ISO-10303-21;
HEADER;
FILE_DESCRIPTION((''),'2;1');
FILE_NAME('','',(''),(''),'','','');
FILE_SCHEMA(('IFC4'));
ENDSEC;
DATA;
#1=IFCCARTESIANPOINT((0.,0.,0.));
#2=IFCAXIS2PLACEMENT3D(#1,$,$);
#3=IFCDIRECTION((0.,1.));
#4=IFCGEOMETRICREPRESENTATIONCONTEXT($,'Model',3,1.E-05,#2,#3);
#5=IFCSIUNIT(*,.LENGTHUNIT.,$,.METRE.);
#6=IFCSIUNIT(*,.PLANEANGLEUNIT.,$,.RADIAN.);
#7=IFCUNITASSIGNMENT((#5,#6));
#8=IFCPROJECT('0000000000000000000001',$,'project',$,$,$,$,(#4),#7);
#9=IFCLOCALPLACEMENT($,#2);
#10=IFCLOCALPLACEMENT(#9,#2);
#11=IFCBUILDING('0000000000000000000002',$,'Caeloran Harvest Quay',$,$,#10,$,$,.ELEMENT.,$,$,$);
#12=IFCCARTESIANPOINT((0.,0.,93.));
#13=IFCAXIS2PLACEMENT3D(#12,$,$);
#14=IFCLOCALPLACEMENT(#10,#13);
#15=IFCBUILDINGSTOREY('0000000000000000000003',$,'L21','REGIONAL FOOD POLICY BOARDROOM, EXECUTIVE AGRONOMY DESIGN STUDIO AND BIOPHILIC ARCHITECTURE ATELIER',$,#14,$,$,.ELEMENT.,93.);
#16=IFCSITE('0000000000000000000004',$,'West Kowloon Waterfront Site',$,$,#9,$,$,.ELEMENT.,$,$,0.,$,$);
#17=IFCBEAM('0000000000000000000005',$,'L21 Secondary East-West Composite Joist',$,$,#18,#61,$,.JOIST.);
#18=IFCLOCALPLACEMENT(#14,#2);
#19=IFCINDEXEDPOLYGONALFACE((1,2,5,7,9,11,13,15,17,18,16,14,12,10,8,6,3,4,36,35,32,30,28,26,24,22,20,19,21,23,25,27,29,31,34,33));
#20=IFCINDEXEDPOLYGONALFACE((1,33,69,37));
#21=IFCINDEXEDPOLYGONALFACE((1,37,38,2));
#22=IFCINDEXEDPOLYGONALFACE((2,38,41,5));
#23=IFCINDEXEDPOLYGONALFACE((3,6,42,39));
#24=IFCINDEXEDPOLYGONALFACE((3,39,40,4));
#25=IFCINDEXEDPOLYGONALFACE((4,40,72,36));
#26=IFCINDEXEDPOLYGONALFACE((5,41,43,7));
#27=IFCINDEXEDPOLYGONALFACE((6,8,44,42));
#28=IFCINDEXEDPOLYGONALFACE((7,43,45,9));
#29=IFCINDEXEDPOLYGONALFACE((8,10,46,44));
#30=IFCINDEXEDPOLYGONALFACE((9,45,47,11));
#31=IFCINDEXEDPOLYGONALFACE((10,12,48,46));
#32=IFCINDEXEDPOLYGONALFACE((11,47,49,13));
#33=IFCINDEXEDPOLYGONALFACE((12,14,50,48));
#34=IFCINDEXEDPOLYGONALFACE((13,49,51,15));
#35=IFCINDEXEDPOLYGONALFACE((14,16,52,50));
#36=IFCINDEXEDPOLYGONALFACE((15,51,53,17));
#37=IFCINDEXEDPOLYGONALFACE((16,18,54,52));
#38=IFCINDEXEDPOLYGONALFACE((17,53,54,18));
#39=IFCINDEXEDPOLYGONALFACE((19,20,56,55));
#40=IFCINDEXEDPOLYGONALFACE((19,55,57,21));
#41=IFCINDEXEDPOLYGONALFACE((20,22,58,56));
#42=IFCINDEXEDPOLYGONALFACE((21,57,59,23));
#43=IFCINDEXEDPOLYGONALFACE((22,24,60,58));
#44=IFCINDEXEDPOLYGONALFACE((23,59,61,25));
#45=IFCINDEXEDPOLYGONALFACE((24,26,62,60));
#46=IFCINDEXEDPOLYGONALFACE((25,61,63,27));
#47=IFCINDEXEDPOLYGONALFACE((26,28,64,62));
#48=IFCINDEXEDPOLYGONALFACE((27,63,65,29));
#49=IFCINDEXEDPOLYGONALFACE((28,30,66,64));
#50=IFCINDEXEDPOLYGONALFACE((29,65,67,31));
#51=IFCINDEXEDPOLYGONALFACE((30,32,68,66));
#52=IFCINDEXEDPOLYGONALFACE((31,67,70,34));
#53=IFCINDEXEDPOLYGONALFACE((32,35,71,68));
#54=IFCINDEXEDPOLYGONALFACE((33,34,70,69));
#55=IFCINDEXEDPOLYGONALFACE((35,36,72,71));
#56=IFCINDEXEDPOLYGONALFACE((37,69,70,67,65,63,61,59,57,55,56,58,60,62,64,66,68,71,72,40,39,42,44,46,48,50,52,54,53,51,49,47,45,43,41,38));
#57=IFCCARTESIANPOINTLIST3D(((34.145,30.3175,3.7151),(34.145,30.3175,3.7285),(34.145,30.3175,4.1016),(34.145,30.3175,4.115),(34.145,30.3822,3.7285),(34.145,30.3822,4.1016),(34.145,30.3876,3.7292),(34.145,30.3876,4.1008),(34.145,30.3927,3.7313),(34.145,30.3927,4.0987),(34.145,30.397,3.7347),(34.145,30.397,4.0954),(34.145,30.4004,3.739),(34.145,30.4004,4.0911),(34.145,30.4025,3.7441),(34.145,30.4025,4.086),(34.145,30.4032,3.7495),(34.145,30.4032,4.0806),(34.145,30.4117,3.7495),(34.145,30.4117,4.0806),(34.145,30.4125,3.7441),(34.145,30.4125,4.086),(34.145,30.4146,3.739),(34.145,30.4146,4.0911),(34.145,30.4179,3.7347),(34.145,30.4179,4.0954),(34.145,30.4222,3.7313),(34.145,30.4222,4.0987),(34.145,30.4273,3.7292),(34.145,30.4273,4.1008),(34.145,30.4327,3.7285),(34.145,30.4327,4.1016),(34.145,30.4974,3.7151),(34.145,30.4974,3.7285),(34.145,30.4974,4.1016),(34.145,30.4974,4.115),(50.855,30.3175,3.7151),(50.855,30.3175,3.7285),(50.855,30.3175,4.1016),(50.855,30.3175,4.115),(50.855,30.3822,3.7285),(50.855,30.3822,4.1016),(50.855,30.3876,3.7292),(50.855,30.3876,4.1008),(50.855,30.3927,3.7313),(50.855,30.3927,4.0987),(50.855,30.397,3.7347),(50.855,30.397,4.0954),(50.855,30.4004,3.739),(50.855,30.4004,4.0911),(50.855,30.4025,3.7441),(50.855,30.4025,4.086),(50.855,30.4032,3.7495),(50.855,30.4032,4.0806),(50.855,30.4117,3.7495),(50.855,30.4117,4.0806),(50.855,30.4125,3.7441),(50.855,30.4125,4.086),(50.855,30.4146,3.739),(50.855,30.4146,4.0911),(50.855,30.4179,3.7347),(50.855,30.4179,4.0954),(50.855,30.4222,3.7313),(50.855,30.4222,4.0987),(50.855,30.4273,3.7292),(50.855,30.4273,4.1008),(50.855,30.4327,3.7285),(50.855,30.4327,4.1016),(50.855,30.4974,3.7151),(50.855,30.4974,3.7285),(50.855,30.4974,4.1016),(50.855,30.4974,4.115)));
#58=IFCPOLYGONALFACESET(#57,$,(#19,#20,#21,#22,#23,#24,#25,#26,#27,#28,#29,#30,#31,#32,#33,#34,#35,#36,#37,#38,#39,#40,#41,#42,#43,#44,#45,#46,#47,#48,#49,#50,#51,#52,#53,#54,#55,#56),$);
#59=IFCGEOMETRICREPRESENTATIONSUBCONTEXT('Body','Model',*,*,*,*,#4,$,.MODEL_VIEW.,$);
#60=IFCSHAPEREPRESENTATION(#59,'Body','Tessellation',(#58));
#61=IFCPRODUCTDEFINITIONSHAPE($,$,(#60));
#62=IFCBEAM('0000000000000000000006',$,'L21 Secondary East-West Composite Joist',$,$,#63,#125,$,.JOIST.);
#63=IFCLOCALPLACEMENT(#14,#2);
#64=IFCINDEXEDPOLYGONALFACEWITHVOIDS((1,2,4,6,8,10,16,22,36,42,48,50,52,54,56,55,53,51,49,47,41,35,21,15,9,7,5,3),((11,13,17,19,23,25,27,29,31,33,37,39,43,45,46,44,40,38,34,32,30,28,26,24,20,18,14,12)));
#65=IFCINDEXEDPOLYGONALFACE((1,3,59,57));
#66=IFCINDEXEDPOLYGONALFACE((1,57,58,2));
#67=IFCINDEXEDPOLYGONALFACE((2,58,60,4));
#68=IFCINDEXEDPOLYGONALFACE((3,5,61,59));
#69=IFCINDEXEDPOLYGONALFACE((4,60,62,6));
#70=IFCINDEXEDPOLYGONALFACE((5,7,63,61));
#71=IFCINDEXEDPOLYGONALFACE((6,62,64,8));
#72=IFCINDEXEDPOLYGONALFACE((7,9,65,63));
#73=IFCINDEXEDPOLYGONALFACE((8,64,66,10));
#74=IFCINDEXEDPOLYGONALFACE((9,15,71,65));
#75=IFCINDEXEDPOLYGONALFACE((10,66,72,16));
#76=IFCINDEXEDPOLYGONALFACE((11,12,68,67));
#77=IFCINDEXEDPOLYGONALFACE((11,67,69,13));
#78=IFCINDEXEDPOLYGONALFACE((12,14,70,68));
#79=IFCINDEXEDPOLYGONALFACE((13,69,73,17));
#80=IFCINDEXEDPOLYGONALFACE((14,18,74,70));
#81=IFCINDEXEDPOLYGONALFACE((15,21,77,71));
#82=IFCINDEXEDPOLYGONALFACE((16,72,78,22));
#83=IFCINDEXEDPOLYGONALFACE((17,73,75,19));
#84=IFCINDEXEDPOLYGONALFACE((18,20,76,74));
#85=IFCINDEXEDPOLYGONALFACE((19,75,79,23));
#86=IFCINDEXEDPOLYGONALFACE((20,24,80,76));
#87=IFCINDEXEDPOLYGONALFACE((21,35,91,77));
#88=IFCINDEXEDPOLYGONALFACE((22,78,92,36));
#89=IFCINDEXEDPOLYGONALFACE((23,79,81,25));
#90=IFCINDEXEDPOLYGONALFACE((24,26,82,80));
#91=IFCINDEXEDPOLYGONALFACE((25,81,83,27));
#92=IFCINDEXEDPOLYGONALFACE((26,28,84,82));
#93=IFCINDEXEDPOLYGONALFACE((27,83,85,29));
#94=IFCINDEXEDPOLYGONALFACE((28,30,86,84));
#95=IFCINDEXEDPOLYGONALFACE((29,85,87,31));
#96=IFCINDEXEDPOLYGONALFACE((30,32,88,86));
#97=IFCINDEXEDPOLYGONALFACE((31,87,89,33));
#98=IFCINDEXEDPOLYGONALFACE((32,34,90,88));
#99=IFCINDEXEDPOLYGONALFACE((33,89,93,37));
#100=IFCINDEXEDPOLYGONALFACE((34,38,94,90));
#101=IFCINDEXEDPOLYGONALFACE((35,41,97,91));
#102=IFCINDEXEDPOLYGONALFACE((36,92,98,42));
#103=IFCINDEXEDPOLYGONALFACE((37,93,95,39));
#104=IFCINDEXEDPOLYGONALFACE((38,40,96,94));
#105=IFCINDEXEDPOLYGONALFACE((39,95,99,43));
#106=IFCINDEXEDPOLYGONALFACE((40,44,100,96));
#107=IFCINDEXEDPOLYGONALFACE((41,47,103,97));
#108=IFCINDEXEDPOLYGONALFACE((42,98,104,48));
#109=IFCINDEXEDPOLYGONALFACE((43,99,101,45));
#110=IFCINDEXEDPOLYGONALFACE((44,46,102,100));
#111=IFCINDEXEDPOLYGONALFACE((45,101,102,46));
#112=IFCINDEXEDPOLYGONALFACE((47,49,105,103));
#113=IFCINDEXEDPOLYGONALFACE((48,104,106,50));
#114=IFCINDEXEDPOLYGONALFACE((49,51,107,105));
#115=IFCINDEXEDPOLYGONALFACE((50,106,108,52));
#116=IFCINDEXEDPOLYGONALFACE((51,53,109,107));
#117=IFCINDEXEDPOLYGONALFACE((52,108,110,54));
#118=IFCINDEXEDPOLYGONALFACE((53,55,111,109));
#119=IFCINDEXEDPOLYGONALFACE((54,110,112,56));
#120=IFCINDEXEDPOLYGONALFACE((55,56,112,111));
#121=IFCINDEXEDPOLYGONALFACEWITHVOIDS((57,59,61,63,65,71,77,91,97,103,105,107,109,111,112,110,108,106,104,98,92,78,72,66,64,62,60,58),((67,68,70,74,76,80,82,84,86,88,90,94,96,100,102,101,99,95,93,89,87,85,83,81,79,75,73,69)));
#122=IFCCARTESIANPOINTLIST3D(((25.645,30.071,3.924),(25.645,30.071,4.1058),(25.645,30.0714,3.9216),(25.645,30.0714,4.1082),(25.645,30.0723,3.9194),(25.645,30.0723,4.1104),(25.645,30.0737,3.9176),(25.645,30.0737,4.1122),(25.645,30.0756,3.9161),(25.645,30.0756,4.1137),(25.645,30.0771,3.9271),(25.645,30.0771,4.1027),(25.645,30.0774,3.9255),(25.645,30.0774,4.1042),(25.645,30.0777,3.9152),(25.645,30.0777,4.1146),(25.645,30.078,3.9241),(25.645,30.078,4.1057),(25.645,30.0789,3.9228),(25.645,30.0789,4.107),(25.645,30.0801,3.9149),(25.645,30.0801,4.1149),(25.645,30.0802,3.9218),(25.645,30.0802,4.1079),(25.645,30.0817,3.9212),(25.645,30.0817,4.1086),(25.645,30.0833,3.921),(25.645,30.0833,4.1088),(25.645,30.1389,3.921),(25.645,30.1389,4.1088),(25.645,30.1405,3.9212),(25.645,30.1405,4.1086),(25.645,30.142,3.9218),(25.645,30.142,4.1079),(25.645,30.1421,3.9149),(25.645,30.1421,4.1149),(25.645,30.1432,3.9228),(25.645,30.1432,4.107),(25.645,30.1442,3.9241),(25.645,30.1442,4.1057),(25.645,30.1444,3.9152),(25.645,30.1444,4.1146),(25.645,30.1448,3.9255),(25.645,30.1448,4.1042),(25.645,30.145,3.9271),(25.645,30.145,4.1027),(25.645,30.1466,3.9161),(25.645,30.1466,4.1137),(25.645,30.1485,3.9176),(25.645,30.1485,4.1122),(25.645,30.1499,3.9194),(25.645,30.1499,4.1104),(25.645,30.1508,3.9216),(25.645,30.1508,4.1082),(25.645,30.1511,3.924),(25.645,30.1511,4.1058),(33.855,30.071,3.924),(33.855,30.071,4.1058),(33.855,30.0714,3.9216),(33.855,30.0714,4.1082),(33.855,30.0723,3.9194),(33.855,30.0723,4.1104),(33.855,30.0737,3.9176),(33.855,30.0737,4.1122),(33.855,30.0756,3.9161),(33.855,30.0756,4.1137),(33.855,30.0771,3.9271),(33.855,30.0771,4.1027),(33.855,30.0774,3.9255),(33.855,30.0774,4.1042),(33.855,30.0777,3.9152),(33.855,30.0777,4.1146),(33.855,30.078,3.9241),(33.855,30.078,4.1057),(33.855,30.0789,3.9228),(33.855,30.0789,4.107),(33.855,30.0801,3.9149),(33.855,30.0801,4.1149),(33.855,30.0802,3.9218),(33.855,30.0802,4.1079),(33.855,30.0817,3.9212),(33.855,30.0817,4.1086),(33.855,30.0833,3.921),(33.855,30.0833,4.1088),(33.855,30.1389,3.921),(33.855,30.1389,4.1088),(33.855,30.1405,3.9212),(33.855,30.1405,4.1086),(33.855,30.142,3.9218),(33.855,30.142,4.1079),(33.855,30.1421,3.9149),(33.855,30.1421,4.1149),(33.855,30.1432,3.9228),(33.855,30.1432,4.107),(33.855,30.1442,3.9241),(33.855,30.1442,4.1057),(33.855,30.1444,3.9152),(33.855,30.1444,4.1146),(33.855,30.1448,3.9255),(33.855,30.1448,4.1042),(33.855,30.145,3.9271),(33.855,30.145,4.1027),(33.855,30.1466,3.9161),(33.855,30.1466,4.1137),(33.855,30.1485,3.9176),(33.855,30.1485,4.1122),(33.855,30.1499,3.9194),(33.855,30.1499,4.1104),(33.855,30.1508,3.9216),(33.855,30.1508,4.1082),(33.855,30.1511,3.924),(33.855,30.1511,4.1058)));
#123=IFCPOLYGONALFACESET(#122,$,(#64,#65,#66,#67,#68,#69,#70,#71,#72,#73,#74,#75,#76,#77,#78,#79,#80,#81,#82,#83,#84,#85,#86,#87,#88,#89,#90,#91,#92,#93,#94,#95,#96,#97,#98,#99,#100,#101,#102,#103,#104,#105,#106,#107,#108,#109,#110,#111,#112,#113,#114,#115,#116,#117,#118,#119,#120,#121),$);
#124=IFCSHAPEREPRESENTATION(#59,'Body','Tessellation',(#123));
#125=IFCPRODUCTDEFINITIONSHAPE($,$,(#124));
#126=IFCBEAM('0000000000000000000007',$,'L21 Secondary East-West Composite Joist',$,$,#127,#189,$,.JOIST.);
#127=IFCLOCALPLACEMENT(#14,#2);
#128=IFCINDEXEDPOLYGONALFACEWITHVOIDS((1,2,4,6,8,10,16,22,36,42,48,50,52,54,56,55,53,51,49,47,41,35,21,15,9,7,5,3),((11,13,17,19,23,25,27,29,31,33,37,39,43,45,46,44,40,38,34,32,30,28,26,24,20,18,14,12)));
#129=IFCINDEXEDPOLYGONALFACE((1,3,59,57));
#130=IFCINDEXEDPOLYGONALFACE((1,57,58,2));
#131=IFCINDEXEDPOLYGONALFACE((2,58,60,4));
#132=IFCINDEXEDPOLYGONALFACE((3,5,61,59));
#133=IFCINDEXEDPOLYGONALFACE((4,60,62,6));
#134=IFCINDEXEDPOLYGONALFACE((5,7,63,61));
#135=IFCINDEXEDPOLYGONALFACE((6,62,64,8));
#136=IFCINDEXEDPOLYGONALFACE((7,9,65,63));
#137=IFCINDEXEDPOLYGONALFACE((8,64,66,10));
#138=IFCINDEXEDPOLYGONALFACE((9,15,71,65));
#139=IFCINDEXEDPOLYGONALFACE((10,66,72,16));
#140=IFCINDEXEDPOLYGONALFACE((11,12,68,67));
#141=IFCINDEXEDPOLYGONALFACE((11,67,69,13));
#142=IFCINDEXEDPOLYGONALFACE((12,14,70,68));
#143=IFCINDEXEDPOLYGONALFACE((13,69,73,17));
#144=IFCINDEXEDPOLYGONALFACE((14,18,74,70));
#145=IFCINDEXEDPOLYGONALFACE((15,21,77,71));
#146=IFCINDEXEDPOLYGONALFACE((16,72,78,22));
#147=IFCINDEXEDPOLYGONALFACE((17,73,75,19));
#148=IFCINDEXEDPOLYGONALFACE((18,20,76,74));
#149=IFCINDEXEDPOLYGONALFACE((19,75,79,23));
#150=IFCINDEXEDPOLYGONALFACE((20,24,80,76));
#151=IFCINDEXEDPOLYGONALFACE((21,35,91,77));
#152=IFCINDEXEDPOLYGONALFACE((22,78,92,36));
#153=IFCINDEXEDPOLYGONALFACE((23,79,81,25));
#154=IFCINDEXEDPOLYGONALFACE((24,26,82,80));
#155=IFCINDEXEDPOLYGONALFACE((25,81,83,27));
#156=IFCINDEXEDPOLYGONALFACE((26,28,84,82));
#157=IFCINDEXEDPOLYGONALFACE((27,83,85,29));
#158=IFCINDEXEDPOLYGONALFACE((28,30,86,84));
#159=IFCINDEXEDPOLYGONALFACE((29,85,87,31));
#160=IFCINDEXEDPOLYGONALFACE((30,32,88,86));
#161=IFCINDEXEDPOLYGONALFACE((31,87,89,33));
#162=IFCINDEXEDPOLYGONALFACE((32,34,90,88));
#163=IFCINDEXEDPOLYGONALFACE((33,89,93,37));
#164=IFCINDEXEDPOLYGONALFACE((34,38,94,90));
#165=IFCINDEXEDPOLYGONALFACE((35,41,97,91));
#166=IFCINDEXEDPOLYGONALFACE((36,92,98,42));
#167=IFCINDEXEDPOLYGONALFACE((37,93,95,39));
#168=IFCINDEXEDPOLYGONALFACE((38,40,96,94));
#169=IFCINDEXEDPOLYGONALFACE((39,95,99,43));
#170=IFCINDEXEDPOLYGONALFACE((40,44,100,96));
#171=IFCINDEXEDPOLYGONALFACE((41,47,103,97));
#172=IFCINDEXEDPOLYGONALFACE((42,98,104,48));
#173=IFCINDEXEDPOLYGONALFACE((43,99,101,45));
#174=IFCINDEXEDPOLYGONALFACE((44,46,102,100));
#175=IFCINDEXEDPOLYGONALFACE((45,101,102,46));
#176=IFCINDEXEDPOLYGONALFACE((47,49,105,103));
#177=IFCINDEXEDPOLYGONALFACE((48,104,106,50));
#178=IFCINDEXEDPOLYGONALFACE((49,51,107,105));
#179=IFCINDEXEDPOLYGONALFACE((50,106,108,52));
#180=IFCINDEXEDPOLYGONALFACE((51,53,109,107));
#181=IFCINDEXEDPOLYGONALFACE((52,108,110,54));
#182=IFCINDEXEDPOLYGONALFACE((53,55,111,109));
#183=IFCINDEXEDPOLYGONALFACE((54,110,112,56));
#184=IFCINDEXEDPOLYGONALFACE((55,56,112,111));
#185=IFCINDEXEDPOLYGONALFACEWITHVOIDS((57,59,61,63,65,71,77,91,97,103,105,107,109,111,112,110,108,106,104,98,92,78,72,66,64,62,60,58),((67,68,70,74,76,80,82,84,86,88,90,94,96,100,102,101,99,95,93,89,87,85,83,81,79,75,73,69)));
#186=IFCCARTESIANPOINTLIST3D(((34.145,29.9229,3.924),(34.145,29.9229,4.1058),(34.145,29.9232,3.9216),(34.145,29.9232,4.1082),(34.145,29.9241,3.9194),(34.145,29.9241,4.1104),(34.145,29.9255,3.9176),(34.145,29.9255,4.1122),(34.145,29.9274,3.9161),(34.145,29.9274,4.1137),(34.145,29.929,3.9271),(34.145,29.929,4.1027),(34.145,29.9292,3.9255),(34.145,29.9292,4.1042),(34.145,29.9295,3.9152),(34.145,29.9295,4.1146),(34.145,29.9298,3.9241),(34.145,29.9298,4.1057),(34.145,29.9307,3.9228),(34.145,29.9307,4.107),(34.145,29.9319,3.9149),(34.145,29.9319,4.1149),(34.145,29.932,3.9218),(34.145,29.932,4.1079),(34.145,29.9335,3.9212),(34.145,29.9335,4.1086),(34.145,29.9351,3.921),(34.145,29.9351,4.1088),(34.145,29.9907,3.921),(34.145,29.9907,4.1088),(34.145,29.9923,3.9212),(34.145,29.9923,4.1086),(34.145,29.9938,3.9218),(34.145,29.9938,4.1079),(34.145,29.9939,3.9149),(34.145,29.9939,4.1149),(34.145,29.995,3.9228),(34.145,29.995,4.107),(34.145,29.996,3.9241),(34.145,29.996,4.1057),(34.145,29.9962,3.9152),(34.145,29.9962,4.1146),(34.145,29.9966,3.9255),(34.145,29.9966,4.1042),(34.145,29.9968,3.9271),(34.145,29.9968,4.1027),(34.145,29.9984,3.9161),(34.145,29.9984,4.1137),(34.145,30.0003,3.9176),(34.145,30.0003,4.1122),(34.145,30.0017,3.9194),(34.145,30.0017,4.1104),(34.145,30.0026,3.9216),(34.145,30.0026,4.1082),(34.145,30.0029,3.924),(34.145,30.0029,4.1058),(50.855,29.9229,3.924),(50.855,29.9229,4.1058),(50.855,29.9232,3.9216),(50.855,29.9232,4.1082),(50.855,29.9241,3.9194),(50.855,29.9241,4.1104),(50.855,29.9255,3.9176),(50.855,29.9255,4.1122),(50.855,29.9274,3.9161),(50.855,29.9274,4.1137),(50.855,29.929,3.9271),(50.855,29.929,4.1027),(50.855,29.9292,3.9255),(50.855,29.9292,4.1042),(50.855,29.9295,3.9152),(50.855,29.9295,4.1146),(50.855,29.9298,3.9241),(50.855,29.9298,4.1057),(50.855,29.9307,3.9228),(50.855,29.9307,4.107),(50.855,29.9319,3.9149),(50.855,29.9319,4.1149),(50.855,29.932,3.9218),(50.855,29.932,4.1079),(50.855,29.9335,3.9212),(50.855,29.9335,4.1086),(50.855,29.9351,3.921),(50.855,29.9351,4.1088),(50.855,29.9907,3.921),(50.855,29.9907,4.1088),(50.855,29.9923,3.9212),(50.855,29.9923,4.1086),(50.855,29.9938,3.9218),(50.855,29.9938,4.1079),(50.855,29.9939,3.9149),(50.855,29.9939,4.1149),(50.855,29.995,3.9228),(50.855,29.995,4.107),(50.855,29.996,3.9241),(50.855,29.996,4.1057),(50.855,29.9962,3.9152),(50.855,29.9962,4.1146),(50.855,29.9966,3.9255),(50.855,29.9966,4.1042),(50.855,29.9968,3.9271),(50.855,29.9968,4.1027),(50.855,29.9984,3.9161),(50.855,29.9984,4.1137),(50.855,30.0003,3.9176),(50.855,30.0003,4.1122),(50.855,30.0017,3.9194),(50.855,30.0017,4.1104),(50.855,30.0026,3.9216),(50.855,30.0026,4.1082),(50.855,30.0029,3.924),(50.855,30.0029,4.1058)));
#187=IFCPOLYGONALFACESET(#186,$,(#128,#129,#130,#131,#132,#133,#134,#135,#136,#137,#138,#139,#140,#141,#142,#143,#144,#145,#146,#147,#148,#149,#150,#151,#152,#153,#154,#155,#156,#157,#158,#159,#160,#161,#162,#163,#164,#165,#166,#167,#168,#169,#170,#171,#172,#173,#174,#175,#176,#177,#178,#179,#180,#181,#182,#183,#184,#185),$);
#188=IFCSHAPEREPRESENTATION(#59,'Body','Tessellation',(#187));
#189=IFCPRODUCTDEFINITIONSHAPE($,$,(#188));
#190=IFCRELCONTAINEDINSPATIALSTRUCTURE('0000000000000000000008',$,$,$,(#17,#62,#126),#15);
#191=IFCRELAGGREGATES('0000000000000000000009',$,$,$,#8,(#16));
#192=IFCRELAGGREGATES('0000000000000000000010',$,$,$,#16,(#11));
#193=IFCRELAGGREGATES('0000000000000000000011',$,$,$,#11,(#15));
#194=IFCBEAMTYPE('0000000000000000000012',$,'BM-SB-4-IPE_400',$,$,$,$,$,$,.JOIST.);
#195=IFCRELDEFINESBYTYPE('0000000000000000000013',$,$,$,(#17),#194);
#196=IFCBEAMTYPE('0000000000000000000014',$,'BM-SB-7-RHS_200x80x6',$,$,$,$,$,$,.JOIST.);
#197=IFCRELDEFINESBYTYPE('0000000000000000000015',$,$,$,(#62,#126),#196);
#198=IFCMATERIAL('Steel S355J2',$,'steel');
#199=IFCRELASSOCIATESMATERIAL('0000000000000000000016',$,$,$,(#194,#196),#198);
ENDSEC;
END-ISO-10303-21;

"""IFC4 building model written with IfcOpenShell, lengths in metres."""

from ifc_helpers import new_model, si_unit, direction, frame, origin, origin_2d, place, context, subcontext, project, spatial, hollow_rectangle, i_section, extrude, material, material_profile, profile_set, type_object, element, save


model = new_model("IFC4")

# Units and contexts
model_context = context("Model", 3, precision=1e-05, world=origin(), true_north=direction((0.0, 1.0)))
body_context = subcontext(model_context, "Body", "Model", "MODEL_VIEW")
ifc_project = project(units=[si_unit("LENGTHUNIT", "METRE"), si_unit("PLANEANGLEUNIT", "RADIAN")], contexts=[model_context])

# Site, building, storey
site_placement = place(None, origin())
site = spatial("IfcSite", under=ifc_project, at=site_placement, Name="West Kowloon Waterfront Site", CompositionType="ELEMENT", RefElevation=0.0)
building_placement = place(site_placement, origin())
building = spatial("IfcBuilding", under=site, at=building_placement, Name="Caeloran Harvest Quay", CompositionType="ELEMENT")
storey_placement = place(building_placement, frame((0.0, 0.0, 93.0)))
storey = spatial("IfcBuildingStorey", under=building, at=storey_placement, Name="L21", Description="REGIONAL FOOD POLICY BOARDROOM, EXECUTIVE AGRONOMY DESIGN STUDIO AND BIOPHILIC ARCHITECTURE ATELIER", CompositionType="ELEMENT", Elevation=93.0)

# Beams
ifc_material_1 = material(Name="Steel S355J2", Category="steel")
ifc_material_profile_1 = material_profile(ifc_material_1, i_section(OverallWidth=0.1799, OverallDepth=0.3999, WebThickness=0.0085, FlangeThickness=0.0134, FilletRadius=0.021, at=origin_2d()), Name="IPE 400")
ifc_profile_set_1 = profile_set([ifc_material_profile_1], Name="Steel S355J2")
beam_type_1 = type_object("IfcBeamType", Name="BM-SB-4-IPE_400", PredefinedType="JOIST", material=ifc_profile_set_1)
for number, where, z_axis, x_axis, name in (
    (1, (34.145, 30.4075, 3.915), (1.0, 0.0, 0.0), (0.0, 1.0, 0.0), "L21 Secondary East-West Composite Joist"),
):
    element("IfcBeam", number, at=place(storey_placement, frame(where, z_axis=z_axis, x_axis=x_axis)), inside=storey, type_object=beam_type_1, Name=name, PredefinedType="JOIST", context=body_context, shape_type="SweptSolid", body=[
        extrude(i_section(OverallWidth=0.1799, OverallDepth=0.3999, WebThickness=0.0085, FlangeThickness=0.0134, FilletRadius=0.021, at=origin_2d()), origin(), (0.0, 0.0, 1.0), 16.71),
    ])
ifc_material_profile_2 = material_profile(ifc_material_1, hollow_rectangle(XDim=0.0801, YDim=0.2, WallThickness=0.0061, InnerFilletRadius=0.0061, OuterFilletRadius=0.009, at=origin_2d()), Name="RHS 200x80x6")
ifc_profile_set_2 = profile_set([ifc_material_profile_2], Name="Steel S355J2")
beam_type_2 = type_object("IfcBeamType", Name="BM-SB-7-RHS_200x80x6", PredefinedType="JOIST", material=ifc_profile_set_2)
beam_1_placement = place(storey_placement, frame((25.645, 30.1111, 4.0149), z_axis=(1.0, 0.0, 0.0), x_axis=(0.0, 1.0, 0.0)))
element("IfcBeam", 2, at=beam_1_placement, inside=storey, type_object=beam_type_2, Name="L21 Secondary East-West Composite Joist", PredefinedType="JOIST", context=body_context, shape_type="SweptSolid", body=[
    extrude(hollow_rectangle(XDim=0.0801, YDim=0.2, WallThickness=0.0061, InnerFilletRadius=0.0061, OuterFilletRadius=0.009, at=origin_2d()), origin(), (0.0, 0.0, 1.0), 8.21),
])
for number, where, z_axis, x_axis, name in (
    (3, (34.145, 29.9629, 4.0149), (1.0, 0.0, 0.0), (0.0, 1.0, 0.0), "L21 Secondary East-West Composite Joist"),
):
    element("IfcBeam", number, at=place(storey_placement, frame(where, z_axis=z_axis, x_axis=x_axis)), inside=storey, type_object=beam_type_2, Name=name, PredefinedType="JOIST", context=body_context, shape_type="SweptSolid", body=[
        extrude(hollow_rectangle(XDim=0.0801, YDim=0.2, WallThickness=0.0061, InnerFilletRadius=0.0061, OuterFilletRadius=0.009, at=origin_2d()), origin(), (0.0, 0.0, 1.0), 16.71),
    ])

save(model, "model.ifc")
